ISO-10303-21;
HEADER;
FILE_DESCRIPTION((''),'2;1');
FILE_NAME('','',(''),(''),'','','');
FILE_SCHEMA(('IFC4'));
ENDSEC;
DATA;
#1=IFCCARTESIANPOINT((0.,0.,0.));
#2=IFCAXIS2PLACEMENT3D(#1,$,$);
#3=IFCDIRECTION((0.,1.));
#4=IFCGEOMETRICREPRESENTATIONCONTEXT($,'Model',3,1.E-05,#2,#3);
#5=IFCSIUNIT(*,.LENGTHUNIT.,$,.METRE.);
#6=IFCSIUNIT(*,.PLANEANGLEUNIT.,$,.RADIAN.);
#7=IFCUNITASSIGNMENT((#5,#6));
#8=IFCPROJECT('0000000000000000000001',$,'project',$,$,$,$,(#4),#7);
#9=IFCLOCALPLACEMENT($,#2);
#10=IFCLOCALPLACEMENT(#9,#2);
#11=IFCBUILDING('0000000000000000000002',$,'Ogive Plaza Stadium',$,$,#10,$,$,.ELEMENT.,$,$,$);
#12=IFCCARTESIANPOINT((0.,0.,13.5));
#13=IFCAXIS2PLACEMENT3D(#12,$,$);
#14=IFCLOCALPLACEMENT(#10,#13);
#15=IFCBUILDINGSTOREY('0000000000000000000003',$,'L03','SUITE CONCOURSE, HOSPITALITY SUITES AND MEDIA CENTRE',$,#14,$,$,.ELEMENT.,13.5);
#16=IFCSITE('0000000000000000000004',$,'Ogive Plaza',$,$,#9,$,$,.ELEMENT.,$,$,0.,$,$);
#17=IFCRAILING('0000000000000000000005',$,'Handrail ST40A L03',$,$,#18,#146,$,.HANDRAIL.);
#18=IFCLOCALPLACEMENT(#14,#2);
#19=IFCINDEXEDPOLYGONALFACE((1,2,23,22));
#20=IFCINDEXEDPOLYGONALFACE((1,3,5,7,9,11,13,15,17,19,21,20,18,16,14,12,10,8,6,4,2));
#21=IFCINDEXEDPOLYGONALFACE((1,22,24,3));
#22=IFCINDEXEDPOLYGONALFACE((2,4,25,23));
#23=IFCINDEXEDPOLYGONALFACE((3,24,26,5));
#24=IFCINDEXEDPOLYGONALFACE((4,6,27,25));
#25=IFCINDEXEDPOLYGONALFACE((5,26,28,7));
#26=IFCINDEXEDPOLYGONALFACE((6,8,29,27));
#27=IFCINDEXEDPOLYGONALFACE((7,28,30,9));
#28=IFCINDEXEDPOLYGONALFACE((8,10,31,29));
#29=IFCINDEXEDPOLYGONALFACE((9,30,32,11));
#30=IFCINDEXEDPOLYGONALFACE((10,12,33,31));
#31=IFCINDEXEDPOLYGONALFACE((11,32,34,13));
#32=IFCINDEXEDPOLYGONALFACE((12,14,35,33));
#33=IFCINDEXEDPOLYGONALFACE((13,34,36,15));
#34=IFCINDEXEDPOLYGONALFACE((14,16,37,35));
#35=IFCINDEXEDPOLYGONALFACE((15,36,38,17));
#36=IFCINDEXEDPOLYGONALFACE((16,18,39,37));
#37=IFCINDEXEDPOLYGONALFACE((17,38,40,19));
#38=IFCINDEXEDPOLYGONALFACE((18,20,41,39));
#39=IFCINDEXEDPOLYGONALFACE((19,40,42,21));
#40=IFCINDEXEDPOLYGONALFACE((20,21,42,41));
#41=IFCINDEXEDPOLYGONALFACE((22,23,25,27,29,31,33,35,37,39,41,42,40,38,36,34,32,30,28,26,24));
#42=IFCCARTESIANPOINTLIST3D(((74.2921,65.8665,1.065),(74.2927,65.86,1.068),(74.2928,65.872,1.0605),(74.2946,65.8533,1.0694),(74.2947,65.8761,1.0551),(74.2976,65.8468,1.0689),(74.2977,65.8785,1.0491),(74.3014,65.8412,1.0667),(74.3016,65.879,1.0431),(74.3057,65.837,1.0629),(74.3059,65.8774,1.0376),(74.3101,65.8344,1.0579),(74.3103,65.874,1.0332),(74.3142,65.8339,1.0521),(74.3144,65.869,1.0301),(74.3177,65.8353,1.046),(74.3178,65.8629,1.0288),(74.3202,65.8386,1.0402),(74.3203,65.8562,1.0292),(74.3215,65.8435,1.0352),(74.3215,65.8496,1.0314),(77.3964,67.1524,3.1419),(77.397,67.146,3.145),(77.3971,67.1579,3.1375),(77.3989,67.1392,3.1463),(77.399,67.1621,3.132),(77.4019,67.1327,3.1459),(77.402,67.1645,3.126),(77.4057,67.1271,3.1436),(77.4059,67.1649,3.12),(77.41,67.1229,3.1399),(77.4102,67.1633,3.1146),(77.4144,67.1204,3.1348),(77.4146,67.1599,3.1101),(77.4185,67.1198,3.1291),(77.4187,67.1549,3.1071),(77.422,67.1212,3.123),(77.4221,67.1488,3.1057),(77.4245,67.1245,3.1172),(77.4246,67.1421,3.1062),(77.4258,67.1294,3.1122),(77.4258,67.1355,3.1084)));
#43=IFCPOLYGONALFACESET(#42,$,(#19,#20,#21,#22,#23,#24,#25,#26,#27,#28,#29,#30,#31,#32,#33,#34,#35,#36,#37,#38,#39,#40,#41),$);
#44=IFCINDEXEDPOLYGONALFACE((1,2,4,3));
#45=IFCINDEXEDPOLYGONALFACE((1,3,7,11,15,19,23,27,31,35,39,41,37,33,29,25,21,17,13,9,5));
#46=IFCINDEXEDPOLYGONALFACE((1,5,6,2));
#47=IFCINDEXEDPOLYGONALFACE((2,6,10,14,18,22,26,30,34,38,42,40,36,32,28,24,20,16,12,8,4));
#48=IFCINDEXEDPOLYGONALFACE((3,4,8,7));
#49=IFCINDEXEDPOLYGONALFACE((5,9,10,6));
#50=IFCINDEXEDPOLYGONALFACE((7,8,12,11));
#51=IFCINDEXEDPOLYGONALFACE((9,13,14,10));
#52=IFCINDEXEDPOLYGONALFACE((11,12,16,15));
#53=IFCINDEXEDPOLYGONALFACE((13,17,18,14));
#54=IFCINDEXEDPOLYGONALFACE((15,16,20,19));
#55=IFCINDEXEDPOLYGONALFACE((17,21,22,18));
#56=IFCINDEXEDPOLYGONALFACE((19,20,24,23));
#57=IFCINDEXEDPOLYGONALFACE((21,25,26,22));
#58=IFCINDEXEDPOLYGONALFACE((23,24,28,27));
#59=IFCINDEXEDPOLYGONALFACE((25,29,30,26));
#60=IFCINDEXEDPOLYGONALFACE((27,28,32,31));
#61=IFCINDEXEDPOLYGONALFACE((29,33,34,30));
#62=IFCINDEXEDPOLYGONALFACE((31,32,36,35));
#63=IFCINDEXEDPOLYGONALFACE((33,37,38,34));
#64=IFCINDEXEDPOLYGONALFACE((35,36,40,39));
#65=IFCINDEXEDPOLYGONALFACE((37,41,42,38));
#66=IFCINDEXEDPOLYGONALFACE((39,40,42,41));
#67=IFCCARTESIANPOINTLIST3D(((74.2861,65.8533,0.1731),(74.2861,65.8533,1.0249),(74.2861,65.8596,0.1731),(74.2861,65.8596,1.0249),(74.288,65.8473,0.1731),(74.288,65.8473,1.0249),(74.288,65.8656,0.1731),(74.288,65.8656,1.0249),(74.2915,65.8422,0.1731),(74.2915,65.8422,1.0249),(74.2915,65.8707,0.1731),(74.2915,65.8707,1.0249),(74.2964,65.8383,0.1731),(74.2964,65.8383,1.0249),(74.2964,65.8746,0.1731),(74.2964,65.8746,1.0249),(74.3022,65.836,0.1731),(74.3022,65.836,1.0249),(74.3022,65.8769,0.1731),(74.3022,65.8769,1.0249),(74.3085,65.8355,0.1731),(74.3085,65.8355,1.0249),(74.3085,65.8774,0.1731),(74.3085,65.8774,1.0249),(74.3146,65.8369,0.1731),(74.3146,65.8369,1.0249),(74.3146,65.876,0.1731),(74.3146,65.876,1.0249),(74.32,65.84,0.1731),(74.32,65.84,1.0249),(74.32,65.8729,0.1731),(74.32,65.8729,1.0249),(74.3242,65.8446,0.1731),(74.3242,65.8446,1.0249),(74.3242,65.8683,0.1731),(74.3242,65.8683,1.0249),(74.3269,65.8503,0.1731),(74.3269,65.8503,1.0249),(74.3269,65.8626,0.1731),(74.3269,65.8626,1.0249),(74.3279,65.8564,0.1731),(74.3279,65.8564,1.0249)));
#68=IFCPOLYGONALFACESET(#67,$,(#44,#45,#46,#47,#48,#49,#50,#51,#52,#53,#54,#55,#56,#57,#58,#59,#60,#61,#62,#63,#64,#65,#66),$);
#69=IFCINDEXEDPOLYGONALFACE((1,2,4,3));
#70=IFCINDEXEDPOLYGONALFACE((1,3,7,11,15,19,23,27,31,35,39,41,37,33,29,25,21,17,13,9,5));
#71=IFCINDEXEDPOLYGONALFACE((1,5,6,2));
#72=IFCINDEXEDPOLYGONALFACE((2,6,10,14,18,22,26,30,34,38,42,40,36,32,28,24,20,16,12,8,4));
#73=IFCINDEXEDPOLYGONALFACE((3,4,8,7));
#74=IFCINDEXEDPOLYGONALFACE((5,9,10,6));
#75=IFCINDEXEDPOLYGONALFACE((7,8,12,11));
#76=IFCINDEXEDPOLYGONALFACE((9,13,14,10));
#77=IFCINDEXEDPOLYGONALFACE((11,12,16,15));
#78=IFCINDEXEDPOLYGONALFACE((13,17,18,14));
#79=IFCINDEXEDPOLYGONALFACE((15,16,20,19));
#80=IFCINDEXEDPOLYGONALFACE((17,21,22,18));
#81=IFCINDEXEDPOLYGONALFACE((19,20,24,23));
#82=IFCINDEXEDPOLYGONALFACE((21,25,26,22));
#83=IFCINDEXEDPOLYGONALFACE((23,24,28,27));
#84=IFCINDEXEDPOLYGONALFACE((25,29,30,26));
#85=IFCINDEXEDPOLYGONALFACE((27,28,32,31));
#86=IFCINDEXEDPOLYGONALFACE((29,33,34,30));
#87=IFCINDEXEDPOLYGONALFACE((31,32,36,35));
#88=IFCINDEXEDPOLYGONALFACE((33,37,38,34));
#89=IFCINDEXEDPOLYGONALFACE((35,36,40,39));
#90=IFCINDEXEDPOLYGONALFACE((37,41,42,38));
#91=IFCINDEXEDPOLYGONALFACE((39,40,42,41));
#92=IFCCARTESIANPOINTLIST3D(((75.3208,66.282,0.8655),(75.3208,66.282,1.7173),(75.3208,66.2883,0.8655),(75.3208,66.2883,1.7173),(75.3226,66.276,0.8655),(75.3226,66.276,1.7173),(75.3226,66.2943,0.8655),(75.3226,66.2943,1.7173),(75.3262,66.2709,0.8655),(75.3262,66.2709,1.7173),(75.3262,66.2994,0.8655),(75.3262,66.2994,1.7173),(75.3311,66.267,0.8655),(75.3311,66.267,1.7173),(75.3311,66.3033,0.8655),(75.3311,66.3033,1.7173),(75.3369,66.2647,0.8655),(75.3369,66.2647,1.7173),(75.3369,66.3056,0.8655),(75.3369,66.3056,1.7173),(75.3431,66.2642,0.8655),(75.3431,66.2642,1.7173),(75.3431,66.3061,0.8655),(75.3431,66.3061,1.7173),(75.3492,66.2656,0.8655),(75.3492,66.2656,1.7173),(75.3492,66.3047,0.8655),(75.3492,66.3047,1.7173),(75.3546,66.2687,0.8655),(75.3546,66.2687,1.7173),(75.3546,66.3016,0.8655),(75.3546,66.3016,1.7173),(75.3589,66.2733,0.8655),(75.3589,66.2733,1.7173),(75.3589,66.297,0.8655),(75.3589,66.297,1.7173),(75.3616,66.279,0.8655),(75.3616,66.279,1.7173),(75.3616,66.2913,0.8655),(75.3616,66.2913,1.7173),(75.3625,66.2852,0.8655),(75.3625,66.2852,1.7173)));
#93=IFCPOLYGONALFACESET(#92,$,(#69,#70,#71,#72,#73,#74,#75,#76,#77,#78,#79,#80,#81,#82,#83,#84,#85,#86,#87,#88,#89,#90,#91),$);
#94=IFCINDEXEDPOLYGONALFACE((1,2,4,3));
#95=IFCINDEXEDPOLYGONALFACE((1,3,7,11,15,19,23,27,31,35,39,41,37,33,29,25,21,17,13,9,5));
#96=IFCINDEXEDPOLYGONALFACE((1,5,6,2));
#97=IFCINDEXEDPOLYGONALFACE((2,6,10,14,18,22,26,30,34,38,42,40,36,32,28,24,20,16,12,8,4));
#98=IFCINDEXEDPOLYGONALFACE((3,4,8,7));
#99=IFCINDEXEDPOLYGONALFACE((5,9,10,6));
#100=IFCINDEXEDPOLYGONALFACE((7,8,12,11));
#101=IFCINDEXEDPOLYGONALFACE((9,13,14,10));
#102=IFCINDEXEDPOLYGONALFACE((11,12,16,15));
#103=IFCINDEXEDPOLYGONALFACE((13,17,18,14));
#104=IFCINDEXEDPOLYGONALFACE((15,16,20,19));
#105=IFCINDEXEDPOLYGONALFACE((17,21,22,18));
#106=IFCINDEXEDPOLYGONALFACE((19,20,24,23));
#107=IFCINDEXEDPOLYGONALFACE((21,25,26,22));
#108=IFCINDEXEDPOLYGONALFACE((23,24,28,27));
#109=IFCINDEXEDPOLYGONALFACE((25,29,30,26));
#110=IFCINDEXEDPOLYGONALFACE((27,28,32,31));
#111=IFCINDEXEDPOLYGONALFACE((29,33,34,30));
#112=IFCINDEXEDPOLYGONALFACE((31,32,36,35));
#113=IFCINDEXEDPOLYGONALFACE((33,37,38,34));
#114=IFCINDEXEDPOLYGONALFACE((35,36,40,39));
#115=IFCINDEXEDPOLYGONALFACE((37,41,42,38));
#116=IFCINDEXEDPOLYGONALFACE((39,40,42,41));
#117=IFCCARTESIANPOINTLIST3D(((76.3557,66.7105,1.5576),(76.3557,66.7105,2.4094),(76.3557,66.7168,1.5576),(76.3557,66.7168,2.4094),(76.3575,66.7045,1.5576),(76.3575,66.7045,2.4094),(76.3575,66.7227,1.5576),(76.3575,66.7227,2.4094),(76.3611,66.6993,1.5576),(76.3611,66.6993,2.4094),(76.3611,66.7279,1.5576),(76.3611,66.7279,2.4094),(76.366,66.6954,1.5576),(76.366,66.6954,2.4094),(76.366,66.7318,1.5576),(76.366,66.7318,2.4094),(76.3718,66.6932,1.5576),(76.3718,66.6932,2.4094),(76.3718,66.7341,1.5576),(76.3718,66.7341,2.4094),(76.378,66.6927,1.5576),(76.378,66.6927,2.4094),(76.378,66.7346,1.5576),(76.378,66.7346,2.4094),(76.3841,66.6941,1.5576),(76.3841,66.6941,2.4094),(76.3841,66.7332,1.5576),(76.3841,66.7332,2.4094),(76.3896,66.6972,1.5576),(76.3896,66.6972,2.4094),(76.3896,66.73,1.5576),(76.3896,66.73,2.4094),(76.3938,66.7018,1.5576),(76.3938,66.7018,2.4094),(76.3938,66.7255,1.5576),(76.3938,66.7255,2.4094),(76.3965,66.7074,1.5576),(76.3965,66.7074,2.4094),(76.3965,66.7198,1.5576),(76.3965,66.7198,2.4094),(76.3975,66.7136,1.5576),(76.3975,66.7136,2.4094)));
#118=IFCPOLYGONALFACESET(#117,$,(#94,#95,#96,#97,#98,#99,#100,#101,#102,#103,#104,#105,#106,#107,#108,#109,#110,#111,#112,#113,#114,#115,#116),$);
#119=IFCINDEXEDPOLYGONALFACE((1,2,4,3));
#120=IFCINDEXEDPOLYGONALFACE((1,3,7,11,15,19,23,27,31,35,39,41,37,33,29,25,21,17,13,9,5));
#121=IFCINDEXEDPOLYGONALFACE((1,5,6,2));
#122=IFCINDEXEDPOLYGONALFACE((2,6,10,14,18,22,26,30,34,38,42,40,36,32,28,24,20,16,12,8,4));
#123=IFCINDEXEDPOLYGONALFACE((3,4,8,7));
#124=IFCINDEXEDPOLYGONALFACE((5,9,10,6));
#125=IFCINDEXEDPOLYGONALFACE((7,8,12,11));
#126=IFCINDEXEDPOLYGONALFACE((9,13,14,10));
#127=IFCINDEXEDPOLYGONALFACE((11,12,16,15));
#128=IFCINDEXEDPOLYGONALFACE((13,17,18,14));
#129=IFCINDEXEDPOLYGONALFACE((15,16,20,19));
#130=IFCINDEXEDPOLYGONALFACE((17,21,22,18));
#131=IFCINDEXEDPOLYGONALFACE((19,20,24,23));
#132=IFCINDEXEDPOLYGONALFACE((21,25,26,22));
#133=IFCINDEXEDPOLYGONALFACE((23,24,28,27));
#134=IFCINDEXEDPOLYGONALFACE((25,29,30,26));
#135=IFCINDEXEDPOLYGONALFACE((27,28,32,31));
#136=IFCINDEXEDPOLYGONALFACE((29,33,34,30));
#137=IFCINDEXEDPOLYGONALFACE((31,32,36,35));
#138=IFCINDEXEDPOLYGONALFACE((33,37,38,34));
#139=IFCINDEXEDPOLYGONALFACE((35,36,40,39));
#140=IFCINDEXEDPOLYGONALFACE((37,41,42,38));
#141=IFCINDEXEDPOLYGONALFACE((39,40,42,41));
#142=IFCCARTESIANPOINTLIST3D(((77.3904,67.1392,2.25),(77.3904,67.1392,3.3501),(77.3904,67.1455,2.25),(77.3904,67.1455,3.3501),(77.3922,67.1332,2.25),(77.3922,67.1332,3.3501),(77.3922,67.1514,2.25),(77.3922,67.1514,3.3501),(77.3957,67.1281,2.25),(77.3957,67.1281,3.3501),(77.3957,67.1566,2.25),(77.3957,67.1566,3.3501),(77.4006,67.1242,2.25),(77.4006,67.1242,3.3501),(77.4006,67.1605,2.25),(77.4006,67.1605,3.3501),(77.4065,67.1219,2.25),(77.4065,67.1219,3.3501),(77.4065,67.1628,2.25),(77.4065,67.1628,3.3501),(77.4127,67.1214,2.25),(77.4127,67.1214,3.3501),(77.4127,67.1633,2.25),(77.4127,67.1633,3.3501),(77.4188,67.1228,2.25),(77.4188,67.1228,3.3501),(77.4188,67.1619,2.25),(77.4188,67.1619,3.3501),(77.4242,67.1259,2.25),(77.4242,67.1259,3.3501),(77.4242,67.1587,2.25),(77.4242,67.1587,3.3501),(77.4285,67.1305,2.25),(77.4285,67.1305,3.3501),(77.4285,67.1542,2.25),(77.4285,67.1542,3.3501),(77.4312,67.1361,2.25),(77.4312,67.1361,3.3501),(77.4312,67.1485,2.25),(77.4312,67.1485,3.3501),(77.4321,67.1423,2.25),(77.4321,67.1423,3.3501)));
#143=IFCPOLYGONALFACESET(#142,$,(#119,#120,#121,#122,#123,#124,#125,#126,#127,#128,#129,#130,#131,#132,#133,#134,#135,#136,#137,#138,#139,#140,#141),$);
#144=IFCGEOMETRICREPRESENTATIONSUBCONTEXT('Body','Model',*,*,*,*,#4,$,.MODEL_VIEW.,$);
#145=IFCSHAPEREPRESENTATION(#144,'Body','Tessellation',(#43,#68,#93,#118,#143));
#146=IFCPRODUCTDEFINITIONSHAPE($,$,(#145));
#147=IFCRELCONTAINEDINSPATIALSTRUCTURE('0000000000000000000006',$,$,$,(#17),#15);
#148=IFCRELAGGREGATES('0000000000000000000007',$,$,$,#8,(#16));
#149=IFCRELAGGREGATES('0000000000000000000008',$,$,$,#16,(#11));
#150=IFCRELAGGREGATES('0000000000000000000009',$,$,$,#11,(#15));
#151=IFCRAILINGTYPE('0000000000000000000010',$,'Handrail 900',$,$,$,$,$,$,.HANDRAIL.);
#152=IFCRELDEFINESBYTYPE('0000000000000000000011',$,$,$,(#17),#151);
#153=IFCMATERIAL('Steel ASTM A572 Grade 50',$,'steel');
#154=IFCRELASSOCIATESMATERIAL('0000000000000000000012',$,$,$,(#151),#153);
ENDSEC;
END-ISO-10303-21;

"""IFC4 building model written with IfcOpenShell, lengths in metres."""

from ifc_helpers import new_model, si_unit, direction, frame, origin, origin_2d, place, context, subcontext, project, spatial, circle, extrude, material, type_object, element, save


model = new_model("IFC4")

# Units and contexts
model_context = context("Model", 3, precision=1e-05, world=origin(), true_north=direction((0.0, 1.0)))
body_context = subcontext(model_context, "Body", "Model", "MODEL_VIEW")
ifc_project = project(units=[si_unit("LENGTHUNIT", "METRE"), si_unit("PLANEANGLEUNIT", "RADIAN")], contexts=[model_context])

# Site, building, storey
site_placement = place(None, origin())
site = spatial("IfcSite", under=ifc_project, at=site_placement, Name="Ogive Plaza", CompositionType="ELEMENT", RefElevation=0.0)
building_placement = place(site_placement, origin())
building = spatial("IfcBuilding", under=site, at=building_placement, Name="Ogive Plaza Stadium", CompositionType="ELEMENT")
storey_placement = place(building_placement, frame((0.0, 0.0, 13.5)))
storey = spatial("IfcBuildingStorey", under=building, at=storey_placement, Name="L03", Description="SUITE CONCOURSE, HOSPITALITY SUITES AND MEDIA CENTRE", CompositionType="ELEMENT", Elevation=13.5)

# Railing
ifc_material_1 = material(Name="Steel ASTM A572 Grade 50", Category="steel")
railing_type_1 = type_object("IfcRailingType", Name="Handrail 900", PredefinedType="HANDRAIL", material=ifc_material_1)
railing_1_placement = place(storey_placement, frame((74.3069, 65.8564, 0.1731)))
element("IfcRailing", 1, at=railing_1_placement, inside=storey, type_object=railing_type_1, Name="Handrail ST40A L03", PredefinedType="HANDRAIL", context=body_context, shape_type="SweptSolid", body=[
    extrude(circle(Radius=0.0239, at=origin_2d()), frame((0.0, 0.0, 0.876), z_axis=(0.785863, 0.325532, 0.525783), x_axis=(-0.3827, 0.923872, 0.0)), (0.0, 0.0, 1.0), 3.9502),
    extrude(circle(Radius=0.021, at=origin_2d()), origin(), (0.0, 0.0, 1.0), 0.8518),
    extrude(circle(Radius=0.021, at=origin_2d()), frame((1.0347, 0.4287, 0.6924)), (0.0, 0.0, 1.0), 0.8518),
    extrude(circle(Radius=0.021, at=origin_2d()), frame((2.0696, 0.8572, 1.3845)), (0.0, 0.0, 1.0), 0.8518),
    extrude(circle(Radius=0.021, at=origin_2d()), frame((3.1042, 1.2859, 2.0769)), (0.0, 0.0, 1.0), 1.1001),
])

save(model, "model.ifc")
